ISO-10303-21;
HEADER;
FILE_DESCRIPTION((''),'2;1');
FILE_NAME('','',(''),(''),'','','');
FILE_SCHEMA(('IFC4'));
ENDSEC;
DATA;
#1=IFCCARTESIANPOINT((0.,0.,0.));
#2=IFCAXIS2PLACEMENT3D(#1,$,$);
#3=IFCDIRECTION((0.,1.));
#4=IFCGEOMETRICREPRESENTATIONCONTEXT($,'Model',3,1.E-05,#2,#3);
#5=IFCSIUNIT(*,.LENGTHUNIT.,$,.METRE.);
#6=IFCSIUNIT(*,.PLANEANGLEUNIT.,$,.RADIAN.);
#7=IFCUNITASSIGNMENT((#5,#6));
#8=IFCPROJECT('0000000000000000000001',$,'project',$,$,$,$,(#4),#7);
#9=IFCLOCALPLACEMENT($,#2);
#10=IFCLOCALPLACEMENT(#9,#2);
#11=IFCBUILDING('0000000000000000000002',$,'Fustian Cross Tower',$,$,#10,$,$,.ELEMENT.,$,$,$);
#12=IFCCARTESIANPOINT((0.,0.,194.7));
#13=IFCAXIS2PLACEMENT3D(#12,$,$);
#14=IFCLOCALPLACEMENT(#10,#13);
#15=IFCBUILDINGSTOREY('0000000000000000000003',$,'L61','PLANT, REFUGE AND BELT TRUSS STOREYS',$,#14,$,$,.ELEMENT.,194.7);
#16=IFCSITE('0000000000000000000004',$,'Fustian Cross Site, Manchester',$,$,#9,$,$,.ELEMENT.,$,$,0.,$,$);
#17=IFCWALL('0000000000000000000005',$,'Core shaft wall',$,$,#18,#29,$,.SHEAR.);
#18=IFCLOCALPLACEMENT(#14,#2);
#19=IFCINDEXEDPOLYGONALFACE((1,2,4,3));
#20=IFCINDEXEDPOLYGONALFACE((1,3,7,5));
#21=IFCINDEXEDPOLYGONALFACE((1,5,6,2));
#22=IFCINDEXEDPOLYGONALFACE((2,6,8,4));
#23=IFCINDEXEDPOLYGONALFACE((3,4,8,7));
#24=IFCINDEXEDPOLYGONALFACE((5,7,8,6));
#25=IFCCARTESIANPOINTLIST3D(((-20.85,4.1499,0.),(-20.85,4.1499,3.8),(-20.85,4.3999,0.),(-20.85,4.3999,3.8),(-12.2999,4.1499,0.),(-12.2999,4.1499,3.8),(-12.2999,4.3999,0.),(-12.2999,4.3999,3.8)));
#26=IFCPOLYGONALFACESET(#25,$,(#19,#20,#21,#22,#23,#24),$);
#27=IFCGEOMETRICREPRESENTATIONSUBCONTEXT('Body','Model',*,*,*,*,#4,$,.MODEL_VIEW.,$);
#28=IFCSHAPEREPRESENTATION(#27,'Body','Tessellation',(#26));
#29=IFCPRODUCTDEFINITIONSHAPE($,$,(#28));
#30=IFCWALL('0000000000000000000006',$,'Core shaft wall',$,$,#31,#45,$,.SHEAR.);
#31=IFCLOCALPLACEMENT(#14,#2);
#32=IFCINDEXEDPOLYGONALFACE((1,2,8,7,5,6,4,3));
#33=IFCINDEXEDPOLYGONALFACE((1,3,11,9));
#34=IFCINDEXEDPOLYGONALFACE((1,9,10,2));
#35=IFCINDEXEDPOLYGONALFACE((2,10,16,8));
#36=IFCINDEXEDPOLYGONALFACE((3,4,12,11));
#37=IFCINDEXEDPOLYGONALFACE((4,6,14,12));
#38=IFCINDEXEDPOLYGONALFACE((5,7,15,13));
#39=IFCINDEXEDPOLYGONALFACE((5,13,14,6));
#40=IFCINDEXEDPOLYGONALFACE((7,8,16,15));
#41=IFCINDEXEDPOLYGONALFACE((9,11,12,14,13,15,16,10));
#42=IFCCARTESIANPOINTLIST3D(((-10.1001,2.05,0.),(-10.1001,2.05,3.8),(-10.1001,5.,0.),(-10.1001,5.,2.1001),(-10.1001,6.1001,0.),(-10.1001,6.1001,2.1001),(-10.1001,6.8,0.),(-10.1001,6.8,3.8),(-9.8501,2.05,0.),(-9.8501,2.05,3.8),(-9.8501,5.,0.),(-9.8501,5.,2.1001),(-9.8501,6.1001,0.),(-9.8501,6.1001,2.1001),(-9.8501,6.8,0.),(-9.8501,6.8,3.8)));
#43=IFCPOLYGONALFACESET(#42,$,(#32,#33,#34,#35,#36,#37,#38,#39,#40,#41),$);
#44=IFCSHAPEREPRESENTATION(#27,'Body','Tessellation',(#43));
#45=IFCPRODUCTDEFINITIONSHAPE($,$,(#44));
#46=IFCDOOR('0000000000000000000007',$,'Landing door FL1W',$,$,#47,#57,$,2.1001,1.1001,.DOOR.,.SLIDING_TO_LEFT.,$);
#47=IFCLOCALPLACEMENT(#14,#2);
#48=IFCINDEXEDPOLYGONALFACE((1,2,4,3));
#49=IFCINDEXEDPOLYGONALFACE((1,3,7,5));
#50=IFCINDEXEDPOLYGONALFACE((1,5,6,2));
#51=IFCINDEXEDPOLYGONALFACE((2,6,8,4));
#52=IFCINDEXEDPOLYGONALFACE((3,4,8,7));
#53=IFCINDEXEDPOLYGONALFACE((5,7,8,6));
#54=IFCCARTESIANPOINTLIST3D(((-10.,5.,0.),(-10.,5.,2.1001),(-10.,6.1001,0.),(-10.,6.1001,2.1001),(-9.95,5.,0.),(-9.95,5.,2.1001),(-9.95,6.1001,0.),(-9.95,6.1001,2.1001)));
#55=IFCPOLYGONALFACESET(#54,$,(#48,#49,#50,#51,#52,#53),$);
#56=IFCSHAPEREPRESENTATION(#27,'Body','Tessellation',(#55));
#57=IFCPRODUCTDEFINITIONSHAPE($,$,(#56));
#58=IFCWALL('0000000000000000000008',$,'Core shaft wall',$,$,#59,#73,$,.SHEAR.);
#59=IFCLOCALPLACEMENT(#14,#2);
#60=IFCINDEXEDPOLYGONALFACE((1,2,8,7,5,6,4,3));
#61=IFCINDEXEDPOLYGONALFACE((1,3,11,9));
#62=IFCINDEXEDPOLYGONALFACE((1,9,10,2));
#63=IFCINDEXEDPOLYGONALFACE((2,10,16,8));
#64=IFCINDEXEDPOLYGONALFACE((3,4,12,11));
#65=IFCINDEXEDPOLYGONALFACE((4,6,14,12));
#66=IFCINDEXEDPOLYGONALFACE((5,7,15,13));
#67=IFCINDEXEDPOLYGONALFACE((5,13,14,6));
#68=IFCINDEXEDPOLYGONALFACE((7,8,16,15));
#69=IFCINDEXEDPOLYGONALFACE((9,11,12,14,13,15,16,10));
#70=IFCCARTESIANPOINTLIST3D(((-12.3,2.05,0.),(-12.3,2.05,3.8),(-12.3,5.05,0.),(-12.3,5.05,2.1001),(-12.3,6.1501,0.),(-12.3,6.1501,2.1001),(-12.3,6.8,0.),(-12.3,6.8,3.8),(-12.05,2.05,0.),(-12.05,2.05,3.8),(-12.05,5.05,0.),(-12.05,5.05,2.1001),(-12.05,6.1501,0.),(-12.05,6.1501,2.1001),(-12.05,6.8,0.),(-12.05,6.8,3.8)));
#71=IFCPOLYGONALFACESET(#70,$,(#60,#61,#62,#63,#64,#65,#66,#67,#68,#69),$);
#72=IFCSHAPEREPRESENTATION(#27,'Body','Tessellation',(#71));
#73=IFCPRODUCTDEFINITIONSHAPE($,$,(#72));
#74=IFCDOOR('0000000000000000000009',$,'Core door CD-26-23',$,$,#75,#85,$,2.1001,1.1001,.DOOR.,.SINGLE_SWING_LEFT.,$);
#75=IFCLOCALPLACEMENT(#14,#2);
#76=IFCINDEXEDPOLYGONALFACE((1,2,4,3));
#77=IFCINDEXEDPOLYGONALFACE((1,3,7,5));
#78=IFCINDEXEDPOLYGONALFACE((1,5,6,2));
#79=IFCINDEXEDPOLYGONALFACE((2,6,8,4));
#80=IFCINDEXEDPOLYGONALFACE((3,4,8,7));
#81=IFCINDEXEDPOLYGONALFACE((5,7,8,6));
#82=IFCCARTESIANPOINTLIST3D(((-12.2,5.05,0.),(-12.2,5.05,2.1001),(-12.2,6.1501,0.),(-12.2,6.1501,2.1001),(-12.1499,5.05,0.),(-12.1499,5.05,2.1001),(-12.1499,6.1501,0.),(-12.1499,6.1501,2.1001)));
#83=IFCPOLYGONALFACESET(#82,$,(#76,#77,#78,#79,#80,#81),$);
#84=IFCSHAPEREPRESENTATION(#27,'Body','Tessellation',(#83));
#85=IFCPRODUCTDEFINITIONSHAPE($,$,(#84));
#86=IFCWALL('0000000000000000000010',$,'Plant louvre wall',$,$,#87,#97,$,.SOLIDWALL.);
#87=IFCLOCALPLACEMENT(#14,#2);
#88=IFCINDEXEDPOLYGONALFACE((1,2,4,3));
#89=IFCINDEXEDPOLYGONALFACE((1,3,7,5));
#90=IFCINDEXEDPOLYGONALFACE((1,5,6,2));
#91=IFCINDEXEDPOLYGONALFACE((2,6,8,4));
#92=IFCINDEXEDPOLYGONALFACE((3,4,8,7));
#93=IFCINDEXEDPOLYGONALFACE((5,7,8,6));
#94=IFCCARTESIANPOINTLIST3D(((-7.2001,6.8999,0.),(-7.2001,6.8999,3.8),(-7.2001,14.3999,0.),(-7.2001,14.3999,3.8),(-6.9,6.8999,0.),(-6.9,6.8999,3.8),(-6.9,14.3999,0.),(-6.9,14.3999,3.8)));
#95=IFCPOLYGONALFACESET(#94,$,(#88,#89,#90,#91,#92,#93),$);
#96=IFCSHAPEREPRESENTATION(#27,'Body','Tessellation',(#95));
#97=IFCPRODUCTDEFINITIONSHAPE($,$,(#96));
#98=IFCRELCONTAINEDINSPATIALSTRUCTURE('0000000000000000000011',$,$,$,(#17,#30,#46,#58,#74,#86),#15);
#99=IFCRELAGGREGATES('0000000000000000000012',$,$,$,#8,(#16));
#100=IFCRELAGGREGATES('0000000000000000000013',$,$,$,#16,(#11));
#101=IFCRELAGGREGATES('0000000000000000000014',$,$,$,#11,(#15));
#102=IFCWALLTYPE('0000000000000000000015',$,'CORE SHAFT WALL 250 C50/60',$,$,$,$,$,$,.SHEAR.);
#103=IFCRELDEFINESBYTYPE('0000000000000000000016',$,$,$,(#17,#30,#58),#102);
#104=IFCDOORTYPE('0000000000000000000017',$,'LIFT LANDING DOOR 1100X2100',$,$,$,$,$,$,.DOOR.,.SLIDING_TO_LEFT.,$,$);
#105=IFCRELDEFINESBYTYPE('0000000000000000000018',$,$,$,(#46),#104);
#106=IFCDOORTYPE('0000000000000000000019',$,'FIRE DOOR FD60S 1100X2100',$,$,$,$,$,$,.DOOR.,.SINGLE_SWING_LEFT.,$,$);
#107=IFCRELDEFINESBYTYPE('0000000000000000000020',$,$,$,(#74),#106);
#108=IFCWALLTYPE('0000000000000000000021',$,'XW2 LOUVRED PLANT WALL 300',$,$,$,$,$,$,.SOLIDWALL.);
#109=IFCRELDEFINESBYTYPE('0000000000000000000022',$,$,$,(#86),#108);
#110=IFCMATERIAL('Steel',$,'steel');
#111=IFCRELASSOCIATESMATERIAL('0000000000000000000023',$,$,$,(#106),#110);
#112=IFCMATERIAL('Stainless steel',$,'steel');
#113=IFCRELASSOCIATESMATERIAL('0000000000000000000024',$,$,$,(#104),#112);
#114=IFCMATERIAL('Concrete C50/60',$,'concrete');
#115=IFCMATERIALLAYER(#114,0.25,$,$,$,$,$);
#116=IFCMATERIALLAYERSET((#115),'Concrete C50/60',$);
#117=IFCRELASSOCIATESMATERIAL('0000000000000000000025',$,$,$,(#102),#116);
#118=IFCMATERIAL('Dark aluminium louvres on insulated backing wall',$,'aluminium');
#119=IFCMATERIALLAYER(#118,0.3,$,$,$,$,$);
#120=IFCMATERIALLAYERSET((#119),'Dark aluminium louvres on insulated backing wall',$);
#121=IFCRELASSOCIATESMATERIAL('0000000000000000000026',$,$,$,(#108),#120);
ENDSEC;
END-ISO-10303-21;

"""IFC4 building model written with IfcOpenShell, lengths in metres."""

from ifc_helpers import new_model, si_unit, direction, frame, frame_2d, origin, place, context, subcontext, project, spatial, rectangle, extrude, material, layer, layer_set, type_object, element, fill, save


model = new_model("IFC4")

# Units and contexts
model_context = context("Model", 3, precision=1e-05, world=origin(), true_north=direction((0.0, 1.0)))
body_context = subcontext(model_context, "Body", "Model", "MODEL_VIEW")
ifc_project = project(units=[si_unit("LENGTHUNIT", "METRE"), si_unit("PLANEANGLEUNIT", "RADIAN")], contexts=[model_context])

# Site, building, storey
site_placement = place(None, origin())
site = spatial("IfcSite", under=ifc_project, at=site_placement, Name="Fustian Cross Site, Manchester", CompositionType="ELEMENT", RefElevation=0.0)
building_placement = place(site_placement, origin())
building = spatial("IfcBuilding", under=site, at=building_placement, Name="Fustian Cross Tower", CompositionType="ELEMENT")
storey_placement = place(building_placement, frame((0.0, 0.0, 194.7)))
storey = spatial("IfcBuildingStorey", under=building, at=storey_placement, Name="L61", Description="PLANT, REFUGE AND BELT TRUSS STOREYS", CompositionType="ELEMENT", Elevation=194.7)

# Shared definitions
ifc_material_1 = material(Name="Steel", Category="steel")
door_type_1 = type_object("IfcDoorType", Name="FIRE DOOR FD60S 1100X2100", OperationType="SINGLE_SWING_LEFT", PredefinedType="DOOR", material=ifc_material_1)
ifc_material_2 = material(Name="Stainless steel", Category="steel")
door_type_2 = type_object("IfcDoorType", Name="LIFT LANDING DOOR 1100X2100", OperationType="SLIDING_TO_LEFT", PredefinedType="DOOR", material=ifc_material_2)

# Wall
ifc_material_3 = material(Name="Concrete C50/60", Category="concrete")
ifc_layer_1 = layer(ifc_material_3, 0.25)
ifc_layer_set_1 = layer_set([ifc_layer_1], Name="Concrete C50/60")
wall_type_1 = type_object("IfcWallType", Name="CORE SHAFT WALL 250 C50/60", PredefinedType="SHEAR", material=ifc_layer_set_1)
wall_1_placement = place(storey_placement, frame((-12.3, 4.2749, 0.0), z_axis=(0.0, 0.0, 1.0), x_axis=(-1.0, 0.0, 0.0)))
element("IfcWall", 1, at=wall_1_placement, inside=storey, type_object=wall_type_1, Name="Core shaft wall", PredefinedType="SHEAR", context=body_context, shape_type="SweptSolid", body=[
    extrude(rectangle(XDim=8.55, YDim=0.25, at=frame_2d((4.2749, 0.0))), origin(), (0.0, 0.0, 1.0), 3.8),
])

# Walls, openings, doors
wall_2_placement = place(storey_placement, frame((-9.9751, 2.05, 0.0), z_axis=(0.0, 0.0, 1.0), x_axis=(0.0, 1.0, 0.0)))
wall_2 = element("IfcWall", 2, at=wall_2_placement, inside=storey, type_object=wall_type_1, Name="Core shaft wall", PredefinedType="SHEAR", context=body_context, shape_type="SweptSolid", body=[
    extrude(rectangle(XDim=4.75, YDim=0.25, at=frame_2d((2.375, 0.0))), origin(), (0.0, 0.0, 1.0), 3.8),
])
opening_1_placement = place(wall_2_placement, frame((2.95, 0.0, 0.0)))
opening_1 = element("IfcOpeningElement", 3, at=opening_1_placement, cuts=wall_2, PredefinedType="OPENING", context=body_context, shape_type="SweptSolid", body=[
    extrude(rectangle(XDim=1.1001, YDim=2.1001, at=frame_2d((0.55, 1.05))), frame((0.0, 0.135, 0.0), z_axis=(0.0, -1.0, 0.0), x_axis=(1.0, 0.0, 0.0)), (0.0, 0.0, 1.0), 0.27),
])
door_1_placement = place(opening_1_placement, origin())
door_1 = element("IfcDoor", 4, at=door_1_placement, inside=storey, type_object=door_type_2, Name="Landing door FL1W", OperationType="SLIDING_TO_LEFT", OverallHeight=2.1001, OverallWidth=1.1001, PredefinedType="DOOR", context=body_context, shape_type="SweptSolid", body=[
    extrude(rectangle(XDim=1.1001, YDim=2.1001, at=frame_2d((0.55, 1.05))), frame((0.0, 0.0249, 0.0), z_axis=(0.0, -1.0, 0.0), x_axis=(1.0, 0.0, 0.0)), (0.0, 0.0, 1.0), 0.05),
])
fill(opening_1, door_1)
wall_3_placement = place(storey_placement, frame((-12.175, 2.05, 0.0), z_axis=(0.0, 0.0, 1.0), x_axis=(0.0, 1.0, 0.0)))
wall_3 = element("IfcWall", 5, at=wall_3_placement, inside=storey, type_object=wall_type_1, Name="Core shaft wall", PredefinedType="SHEAR", context=body_context, shape_type="SweptSolid", body=[
    extrude(rectangle(XDim=4.75, YDim=0.25, at=frame_2d((2.375, 0.0))), origin(), (0.0, 0.0, 1.0), 3.8),
])
opening_2_placement = place(wall_3_placement, frame((3.0, 0.0, 0.0)))
opening_2 = element("IfcOpeningElement", 6, at=opening_2_placement, cuts=wall_3, PredefinedType="OPENING", context=body_context, shape_type="SweptSolid", body=[
    extrude(rectangle(XDim=1.1001, YDim=2.1001, at=frame_2d((0.55, 1.05))), frame((0.0, 0.135, 0.0), z_axis=(0.0, -1.0, 0.0), x_axis=(1.0, 0.0, 0.0)), (0.0, 0.0, 1.0), 0.27),
])
door_2_placement = place(opening_2_placement, origin())
door_2 = element("IfcDoor", 7, at=door_2_placement, inside=storey, type_object=door_type_1, Name="Core door CD-26-23", OperationType="SINGLE_SWING_LEFT", OverallHeight=2.1001, OverallWidth=1.1001, PredefinedType="DOOR", context=body_context, shape_type="SweptSolid", body=[
    extrude(rectangle(XDim=1.1001, YDim=2.1001, at=frame_2d((0.55, 1.05))), frame((0.0, 0.0249, 0.0), z_axis=(0.0, -1.0, 0.0), x_axis=(1.0, 0.0, 0.0)), (0.0, 0.0, 1.0), 0.05),
])
fill(opening_2, door_2)

# Wall
ifc_material_4 = material(Name="Dark aluminium louvres on insulated backing wall", Category="aluminium")
ifc_layer_2 = layer(ifc_material_4, 0.3)
ifc_layer_set_2 = layer_set([ifc_layer_2], Name="Dark aluminium louvres on insulated backing wall")
wall_type_2 = type_object("IfcWallType", Name="XW2 LOUVRED PLANT WALL 300", PredefinedType="SOLIDWALL", material=ifc_layer_set_2)
wall_4_placement = place(storey_placement, frame((-7.05, 14.3999, 0.0), z_axis=(0.0, 0.0, 1.0), x_axis=(0.0, -1.0, 0.0)))
element("IfcWall", 8, at=wall_4_placement, inside=storey, type_object=wall_type_2, Name="Plant louvre wall", PredefinedType="SOLIDWALL", context=body_context, shape_type="SweptSolid", body=[
    extrude(rectangle(XDim=7.5, YDim=0.3, at=frame_2d((3.75, 0.0))), origin(), (0.0, 0.0, 1.0), 3.8),
])

save(model, "model.ifc")
